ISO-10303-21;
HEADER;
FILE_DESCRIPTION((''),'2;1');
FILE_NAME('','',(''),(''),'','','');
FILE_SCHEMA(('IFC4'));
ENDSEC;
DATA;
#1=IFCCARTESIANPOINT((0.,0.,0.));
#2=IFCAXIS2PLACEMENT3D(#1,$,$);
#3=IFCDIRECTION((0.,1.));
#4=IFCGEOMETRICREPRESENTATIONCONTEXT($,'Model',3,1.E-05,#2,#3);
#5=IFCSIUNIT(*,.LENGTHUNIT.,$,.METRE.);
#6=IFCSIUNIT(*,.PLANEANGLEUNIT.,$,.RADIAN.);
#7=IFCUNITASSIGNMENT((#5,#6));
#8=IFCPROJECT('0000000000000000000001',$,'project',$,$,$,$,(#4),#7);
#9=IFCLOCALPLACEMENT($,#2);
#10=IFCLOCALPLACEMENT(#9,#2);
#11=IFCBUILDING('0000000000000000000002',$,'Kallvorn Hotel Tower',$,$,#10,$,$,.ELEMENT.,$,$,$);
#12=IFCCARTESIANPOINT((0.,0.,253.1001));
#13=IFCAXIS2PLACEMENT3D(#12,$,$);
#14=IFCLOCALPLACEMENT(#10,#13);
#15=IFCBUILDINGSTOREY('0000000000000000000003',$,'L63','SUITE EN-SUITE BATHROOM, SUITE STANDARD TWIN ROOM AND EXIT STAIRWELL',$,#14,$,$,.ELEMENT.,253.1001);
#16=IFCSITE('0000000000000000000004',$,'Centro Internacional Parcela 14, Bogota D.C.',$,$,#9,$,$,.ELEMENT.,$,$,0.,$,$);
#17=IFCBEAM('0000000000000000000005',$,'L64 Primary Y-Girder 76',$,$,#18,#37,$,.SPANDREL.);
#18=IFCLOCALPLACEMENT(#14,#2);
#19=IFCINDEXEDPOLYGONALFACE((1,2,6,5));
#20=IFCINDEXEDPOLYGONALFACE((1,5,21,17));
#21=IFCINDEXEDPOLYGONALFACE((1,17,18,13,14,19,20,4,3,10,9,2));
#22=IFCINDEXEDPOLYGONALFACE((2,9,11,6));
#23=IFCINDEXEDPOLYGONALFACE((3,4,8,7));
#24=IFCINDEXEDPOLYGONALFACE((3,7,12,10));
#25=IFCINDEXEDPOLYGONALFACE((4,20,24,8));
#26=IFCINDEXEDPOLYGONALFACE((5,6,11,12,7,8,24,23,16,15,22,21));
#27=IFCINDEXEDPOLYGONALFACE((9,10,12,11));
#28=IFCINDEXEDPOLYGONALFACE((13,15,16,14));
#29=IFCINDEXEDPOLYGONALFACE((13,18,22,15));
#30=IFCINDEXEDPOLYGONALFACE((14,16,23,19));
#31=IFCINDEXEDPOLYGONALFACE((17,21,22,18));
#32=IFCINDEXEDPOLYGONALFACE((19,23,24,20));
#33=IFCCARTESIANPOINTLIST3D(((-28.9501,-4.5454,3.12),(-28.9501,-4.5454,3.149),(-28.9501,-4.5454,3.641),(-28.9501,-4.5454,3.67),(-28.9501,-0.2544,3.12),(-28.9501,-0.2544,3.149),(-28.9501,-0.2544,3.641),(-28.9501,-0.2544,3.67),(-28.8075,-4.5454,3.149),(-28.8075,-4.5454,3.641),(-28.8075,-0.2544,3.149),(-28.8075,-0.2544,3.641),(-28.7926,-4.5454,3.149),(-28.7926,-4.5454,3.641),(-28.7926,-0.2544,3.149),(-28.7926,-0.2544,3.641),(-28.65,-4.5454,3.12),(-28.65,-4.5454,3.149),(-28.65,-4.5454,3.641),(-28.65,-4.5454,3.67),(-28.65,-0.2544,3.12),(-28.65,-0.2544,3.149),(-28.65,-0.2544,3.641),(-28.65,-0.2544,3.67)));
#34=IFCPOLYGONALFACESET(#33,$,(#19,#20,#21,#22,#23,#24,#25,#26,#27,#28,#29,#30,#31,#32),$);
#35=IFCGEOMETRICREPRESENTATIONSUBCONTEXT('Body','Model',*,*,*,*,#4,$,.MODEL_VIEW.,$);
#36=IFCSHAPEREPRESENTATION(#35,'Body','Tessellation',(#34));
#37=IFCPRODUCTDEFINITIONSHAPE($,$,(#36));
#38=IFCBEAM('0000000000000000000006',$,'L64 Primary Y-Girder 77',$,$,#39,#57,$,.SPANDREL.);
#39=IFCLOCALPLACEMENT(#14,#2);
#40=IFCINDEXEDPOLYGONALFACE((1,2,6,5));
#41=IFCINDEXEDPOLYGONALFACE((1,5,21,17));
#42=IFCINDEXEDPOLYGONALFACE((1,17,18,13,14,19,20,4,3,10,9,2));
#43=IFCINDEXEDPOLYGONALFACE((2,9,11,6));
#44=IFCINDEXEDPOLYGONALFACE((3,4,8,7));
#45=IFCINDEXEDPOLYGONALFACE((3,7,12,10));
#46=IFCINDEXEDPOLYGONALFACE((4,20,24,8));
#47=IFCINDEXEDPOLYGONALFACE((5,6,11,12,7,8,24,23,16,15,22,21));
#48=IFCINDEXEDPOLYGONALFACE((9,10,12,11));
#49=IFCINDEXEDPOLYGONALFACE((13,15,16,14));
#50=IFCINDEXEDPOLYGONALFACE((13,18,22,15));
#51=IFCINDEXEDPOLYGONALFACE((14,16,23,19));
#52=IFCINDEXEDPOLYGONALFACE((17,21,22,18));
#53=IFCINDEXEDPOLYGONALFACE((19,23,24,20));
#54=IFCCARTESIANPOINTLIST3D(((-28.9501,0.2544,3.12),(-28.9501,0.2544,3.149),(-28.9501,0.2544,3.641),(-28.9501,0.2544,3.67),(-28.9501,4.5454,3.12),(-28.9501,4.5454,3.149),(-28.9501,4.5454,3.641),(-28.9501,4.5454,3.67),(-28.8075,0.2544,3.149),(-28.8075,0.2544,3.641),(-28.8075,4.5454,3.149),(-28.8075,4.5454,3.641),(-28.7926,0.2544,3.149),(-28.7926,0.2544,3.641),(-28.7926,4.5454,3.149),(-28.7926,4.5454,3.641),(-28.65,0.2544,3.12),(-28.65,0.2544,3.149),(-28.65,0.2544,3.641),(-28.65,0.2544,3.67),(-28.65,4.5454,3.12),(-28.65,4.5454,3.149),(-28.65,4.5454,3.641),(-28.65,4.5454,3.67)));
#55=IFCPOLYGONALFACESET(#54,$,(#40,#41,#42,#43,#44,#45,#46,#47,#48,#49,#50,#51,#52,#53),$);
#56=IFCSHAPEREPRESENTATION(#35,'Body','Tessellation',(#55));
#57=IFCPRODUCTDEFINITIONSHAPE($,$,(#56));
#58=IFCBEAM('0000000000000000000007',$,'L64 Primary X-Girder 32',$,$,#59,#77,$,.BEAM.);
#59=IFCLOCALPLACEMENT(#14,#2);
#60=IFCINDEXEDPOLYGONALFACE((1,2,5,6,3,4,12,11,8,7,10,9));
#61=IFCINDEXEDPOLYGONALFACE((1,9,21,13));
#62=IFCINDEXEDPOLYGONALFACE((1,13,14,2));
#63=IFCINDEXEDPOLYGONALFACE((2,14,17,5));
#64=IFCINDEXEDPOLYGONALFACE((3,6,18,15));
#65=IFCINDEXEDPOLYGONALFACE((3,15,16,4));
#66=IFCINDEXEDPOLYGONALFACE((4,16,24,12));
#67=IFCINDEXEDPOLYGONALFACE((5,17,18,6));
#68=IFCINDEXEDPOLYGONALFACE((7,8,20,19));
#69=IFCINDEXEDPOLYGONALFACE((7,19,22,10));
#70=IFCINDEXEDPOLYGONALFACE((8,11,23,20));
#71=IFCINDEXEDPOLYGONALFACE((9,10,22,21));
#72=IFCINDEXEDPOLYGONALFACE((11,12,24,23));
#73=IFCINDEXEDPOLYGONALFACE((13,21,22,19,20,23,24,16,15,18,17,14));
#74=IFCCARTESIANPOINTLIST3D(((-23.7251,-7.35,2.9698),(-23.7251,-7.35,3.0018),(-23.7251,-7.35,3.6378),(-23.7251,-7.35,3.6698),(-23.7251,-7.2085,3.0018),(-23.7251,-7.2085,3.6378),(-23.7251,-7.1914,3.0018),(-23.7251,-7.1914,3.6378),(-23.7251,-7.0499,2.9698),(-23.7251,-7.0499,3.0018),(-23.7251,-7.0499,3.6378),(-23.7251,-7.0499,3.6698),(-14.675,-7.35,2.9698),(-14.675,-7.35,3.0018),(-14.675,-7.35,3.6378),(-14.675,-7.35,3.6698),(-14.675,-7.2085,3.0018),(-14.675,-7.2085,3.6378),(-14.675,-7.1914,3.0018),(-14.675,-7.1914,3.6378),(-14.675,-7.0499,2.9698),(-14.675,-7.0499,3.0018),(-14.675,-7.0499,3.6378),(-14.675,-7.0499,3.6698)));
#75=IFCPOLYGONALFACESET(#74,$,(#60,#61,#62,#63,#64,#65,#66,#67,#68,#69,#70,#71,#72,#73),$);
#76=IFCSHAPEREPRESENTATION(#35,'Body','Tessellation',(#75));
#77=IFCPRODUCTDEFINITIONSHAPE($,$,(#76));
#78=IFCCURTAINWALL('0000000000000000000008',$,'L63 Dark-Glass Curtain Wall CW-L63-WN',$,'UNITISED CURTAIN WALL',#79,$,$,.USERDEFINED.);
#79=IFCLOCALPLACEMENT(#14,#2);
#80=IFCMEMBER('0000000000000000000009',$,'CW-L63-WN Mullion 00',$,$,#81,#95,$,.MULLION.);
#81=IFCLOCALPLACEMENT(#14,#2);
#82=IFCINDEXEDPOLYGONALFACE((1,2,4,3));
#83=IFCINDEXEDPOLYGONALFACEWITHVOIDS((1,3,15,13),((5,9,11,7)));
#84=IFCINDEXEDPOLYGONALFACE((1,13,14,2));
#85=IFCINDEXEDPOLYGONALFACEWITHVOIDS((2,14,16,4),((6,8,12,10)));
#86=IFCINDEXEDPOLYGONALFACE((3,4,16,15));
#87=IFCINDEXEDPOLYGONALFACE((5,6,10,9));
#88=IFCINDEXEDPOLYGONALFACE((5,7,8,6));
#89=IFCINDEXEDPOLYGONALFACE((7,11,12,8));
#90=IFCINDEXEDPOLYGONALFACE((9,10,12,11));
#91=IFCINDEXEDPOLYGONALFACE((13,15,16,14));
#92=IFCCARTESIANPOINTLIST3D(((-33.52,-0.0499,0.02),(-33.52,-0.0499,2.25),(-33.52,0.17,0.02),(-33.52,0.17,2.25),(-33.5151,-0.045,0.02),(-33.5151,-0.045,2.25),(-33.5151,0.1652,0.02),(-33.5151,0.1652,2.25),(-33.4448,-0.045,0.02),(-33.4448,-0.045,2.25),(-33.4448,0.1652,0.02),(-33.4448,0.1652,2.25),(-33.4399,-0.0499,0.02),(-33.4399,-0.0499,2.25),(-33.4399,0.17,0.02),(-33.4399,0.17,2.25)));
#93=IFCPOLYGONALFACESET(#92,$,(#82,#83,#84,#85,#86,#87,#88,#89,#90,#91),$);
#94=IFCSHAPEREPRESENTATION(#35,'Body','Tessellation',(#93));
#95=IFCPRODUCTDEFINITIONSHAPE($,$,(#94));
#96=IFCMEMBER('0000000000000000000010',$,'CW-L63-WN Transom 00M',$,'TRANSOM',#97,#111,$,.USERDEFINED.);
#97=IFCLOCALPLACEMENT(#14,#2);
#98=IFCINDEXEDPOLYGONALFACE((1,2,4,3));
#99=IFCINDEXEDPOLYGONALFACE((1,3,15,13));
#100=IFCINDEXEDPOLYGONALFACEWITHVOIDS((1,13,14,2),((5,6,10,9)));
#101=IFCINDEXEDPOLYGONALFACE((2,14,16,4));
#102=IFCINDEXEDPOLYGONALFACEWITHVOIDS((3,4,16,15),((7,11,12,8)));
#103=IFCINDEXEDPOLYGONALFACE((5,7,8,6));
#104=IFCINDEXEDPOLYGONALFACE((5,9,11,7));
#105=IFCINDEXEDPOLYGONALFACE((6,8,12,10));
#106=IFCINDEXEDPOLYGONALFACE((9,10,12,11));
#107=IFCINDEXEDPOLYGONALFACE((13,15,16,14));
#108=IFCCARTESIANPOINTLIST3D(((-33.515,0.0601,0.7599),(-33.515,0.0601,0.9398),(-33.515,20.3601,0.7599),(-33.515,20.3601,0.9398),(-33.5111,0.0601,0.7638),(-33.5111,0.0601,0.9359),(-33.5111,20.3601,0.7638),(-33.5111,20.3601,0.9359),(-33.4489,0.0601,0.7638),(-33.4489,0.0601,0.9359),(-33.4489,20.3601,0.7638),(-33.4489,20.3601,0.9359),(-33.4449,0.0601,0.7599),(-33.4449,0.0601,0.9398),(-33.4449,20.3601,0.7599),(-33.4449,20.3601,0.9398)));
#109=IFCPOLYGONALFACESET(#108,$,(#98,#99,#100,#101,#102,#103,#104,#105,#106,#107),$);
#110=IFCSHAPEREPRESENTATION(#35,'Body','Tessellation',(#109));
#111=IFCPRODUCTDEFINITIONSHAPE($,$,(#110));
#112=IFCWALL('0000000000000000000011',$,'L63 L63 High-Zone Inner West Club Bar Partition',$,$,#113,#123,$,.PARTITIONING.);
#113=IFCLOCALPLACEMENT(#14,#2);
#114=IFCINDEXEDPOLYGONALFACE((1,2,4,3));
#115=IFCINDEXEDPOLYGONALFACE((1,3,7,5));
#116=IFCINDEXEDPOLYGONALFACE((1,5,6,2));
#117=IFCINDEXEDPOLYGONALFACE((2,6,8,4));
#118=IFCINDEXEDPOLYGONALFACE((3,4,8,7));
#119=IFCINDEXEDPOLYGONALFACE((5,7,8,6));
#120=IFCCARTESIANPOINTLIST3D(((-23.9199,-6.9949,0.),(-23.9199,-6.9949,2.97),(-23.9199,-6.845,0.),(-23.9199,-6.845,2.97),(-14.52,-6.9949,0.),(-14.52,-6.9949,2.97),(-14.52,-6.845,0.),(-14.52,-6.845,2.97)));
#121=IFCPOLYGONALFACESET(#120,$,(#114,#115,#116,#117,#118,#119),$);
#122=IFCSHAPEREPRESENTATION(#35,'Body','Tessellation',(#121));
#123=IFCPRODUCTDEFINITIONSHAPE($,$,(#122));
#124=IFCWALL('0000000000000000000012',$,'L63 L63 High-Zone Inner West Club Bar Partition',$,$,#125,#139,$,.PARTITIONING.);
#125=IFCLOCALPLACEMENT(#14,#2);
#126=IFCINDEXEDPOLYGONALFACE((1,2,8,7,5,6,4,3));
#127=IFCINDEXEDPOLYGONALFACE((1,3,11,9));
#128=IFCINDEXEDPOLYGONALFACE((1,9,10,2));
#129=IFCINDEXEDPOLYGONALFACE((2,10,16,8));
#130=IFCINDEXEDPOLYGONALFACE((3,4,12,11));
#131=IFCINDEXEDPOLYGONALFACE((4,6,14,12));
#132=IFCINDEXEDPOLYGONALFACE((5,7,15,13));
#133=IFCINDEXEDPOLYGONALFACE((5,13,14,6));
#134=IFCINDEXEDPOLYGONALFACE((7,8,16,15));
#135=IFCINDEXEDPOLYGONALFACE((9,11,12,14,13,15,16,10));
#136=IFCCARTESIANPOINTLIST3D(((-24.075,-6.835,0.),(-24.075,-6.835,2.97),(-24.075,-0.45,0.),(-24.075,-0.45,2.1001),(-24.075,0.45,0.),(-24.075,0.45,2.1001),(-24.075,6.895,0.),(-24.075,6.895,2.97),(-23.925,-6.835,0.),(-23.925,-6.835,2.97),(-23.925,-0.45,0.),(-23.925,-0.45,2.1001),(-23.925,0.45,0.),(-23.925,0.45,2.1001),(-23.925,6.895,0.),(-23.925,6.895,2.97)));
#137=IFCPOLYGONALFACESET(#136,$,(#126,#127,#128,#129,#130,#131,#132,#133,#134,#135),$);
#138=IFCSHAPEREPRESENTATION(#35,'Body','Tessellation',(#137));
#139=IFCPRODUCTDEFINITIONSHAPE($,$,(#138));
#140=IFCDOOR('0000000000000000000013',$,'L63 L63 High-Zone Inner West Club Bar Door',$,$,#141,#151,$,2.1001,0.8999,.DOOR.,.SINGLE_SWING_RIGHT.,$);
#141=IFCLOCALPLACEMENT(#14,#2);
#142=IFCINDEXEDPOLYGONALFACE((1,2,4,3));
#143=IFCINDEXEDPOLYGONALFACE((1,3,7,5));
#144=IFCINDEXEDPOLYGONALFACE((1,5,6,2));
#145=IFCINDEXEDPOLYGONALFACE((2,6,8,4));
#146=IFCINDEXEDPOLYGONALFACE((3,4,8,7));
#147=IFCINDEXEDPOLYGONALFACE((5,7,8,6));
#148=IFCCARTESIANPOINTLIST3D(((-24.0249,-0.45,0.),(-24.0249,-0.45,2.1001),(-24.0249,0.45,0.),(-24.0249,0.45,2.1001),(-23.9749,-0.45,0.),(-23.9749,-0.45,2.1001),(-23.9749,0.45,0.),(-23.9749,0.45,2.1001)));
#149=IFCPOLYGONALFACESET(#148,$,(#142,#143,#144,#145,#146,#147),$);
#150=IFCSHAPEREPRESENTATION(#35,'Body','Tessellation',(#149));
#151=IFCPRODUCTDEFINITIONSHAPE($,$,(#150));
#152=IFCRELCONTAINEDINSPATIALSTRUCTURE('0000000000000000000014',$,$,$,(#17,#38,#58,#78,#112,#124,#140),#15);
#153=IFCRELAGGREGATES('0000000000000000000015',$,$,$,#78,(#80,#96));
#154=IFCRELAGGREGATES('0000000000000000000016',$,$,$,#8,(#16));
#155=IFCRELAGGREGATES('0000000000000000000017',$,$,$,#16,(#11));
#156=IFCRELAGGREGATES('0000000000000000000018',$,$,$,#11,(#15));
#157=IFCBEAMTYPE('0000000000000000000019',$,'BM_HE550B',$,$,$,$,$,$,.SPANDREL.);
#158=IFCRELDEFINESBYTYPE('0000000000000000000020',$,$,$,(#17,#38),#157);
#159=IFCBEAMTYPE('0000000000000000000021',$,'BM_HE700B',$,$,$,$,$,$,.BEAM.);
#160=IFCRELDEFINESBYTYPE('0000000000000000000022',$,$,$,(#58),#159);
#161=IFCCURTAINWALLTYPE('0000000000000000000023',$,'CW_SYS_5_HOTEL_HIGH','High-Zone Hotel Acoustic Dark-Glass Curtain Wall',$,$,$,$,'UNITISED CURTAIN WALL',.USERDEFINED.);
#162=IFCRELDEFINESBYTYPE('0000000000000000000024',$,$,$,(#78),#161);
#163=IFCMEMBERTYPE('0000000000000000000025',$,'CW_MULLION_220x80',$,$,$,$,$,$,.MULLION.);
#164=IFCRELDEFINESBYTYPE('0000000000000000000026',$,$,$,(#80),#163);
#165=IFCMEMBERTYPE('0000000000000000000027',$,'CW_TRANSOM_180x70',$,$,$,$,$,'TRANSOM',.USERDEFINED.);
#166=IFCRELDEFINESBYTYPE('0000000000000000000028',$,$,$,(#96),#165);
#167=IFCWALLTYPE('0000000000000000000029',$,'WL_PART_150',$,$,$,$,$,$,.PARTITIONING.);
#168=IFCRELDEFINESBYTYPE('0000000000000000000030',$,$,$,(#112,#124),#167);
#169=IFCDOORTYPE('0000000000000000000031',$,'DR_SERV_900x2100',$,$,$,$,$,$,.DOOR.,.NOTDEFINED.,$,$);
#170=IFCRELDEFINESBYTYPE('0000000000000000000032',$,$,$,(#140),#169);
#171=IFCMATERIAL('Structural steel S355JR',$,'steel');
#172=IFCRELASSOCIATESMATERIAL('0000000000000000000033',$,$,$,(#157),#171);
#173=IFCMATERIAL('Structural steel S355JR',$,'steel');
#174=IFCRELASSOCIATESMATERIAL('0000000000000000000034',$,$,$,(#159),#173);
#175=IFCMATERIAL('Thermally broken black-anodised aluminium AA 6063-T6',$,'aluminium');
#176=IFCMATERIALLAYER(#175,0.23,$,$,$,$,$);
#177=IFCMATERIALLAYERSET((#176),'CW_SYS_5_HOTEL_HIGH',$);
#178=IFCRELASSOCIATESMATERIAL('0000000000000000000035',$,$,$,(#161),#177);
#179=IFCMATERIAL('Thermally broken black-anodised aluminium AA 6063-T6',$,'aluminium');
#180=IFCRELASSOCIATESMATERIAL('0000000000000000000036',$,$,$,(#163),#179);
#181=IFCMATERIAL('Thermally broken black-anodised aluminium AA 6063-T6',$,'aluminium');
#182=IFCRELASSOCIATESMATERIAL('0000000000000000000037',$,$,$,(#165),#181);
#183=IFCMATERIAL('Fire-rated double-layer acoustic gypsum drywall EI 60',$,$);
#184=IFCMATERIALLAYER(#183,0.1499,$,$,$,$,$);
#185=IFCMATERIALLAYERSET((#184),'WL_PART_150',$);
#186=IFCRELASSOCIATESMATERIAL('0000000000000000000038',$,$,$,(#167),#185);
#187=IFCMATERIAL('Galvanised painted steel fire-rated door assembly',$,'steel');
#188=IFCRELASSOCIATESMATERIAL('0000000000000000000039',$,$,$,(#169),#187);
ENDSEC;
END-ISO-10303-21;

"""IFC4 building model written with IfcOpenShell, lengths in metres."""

from ifc_helpers import new_model, si_unit, direction, frame, frame_2d, origin, origin_2d, place, context, subcontext, project, spatial, rectangle, hollow_rectangle, i_section, extrude, material, layer, layer_set, material_profile, profile_set, type_object, element, fill, aggregate, save


model = new_model("IFC4")

# Units and contexts
model_context = context("Model", 3, precision=1e-05, world=origin(), true_north=direction((0.0, 1.0)))
body_context = subcontext(model_context, "Body", "Model", "MODEL_VIEW")
ifc_project = project(units=[si_unit("LENGTHUNIT", "METRE"), si_unit("PLANEANGLEUNIT", "RADIAN")], contexts=[model_context])

# Site, building, storey
site_placement = place(None, origin())
site = spatial("IfcSite", under=ifc_project, at=site_placement, Name="Centro Internacional Parcela 14, Bogota D.C.", CompositionType="ELEMENT", RefElevation=0.0)
building_placement = place(site_placement, origin())
building = spatial("IfcBuilding", under=site, at=building_placement, Name="Kallvorn Hotel Tower", CompositionType="ELEMENT")
storey_placement = place(building_placement, frame((0.0, 0.0, 253.1001)))
storey = spatial("IfcBuildingStorey", under=building, at=storey_placement, Name="L63", Description="SUITE EN-SUITE BATHROOM, SUITE STANDARD TWIN ROOM AND EXIT STAIRWELL", CompositionType="ELEMENT", Elevation=253.1001)

# Beams
ifc_material_1 = material(Name="Structural steel S355JR", Category="steel")
ifc_material_profile_1 = material_profile(ifc_material_1, i_section(OverallWidth=0.3, OverallDepth=0.55, WebThickness=0.0149, FlangeThickness=0.0291, at=origin_2d()), Name="HE 550 B")
ifc_profile_set_1 = profile_set([ifc_material_profile_1], Name="Structural steel S355JR")
beam_type_1 = type_object("IfcBeamType", Name="BM_HE550B", PredefinedType="SPANDREL", material=ifc_profile_set_1)
for number, where, z_axis, x_axis, name in (
    (1, (-28.8, -4.5454, 3.395), (0.0, 1.0, 0.0), (-1.0, 0.0, 0.0), "L64 Primary Y-Girder 76"),
    (2, (-28.8, 0.2544, 3.395), (0.0, 1.0, 0.0), (-1.0, 0.0, 0.0), "L64 Primary Y-Girder 77"),
):
    element("IfcBeam", number, at=place(storey_placement, frame(where, z_axis=z_axis, x_axis=x_axis)), inside=storey, type_object=beam_type_1, Name=name, PredefinedType="SPANDREL", context=body_context, shape_type="SweptSolid", body=[
        extrude(i_section(OverallWidth=0.3, OverallDepth=0.55, WebThickness=0.0149, FlangeThickness=0.0291, at=origin_2d()), origin(), (0.0, 0.0, 1.0), 4.291),
    ])
ifc_material_2 = material(Name="Structural steel S355JR", Category="steel")
ifc_material_profile_2 = material_profile(ifc_material_2, i_section(OverallWidth=0.3, OverallDepth=0.7, WebThickness=0.0171, FlangeThickness=0.032, at=origin_2d()), Name="HE 700 B")
ifc_profile_set_2 = profile_set([ifc_material_profile_2], Name="Structural steel S355JR")
beam_type_2 = type_object("IfcBeamType", Name="BM_HE700B", PredefinedType="BEAM", material=ifc_profile_set_2)
beam_placement = place(storey_placement, frame((-23.7251, -7.2, 3.3198), z_axis=(1.0, 0.0, 0.0), x_axis=(0.0, 1.0, 0.0)))
element("IfcBeam", 3, at=beam_placement, inside=storey, type_object=beam_type_2, Name="L64 Primary X-Girder 32", PredefinedType="BEAM", context=body_context, shape_type="SweptSolid", body=[
    extrude(i_section(OverallWidth=0.3, OverallDepth=0.7, WebThickness=0.0171, FlangeThickness=0.032, at=origin_2d()), origin(), (0.0, 0.0, 1.0), 9.05),
])

# Curtain wall, members
ifc_material_3 = material(Name="Thermally broken black-anodised aluminium AA 6063-T6", Category="aluminium")
ifc_layer_1 = layer(ifc_material_3, 0.23)
ifc_layer_set_1 = layer_set([ifc_layer_1], Name="CW_SYS_5_HOTEL_HIGH")
curtain_wall_type = type_object("IfcCurtainWallType", Name="CW_SYS_5_HOTEL_HIGH", Description="High-Zone Hotel Acoustic Dark-Glass Curtain Wall", ElementType="UNITISED CURTAIN WALL", PredefinedType="USERDEFINED", material=ifc_layer_set_1)
curtain_wall_placement = place(storey_placement, origin())
curtain_wall = element("IfcCurtainWall", 4, at=curtain_wall_placement, inside=storey, type_object=curtain_wall_type, Name="L63 Dark-Glass Curtain Wall CW-L63-WN", ObjectType="UNITISED CURTAIN WALL", PredefinedType="USERDEFINED")
ifc_material_4 = material(Name="Thermally broken black-anodised aluminium AA 6063-T6", Category="aluminium")
ifc_material_profile_3 = material_profile(ifc_material_4, hollow_rectangle(XDim=0.0801, YDim=0.22, WallThickness=0.0049, at=origin_2d()), Name="MUL 220x80")
ifc_profile_set_3 = profile_set([ifc_material_profile_3], Name="Thermally broken black-anodised aluminium AA 6063-T6")
member_type_1 = type_object("IfcMemberType", Name="CW_MULLION_220x80", PredefinedType="MULLION", material=ifc_profile_set_3)
member_1_placement = place(storey_placement, frame((-33.48, 0.0601, 0.02), z_axis=(0.0, 0.0, 1.0), x_axis=(1.0, 0.0, 0.0)))
member_1 = element("IfcMember", 5, at=member_1_placement, type_object=member_type_1, Name="CW-L63-WN Mullion 00", PredefinedType="MULLION", context=body_context, shape_type="SweptSolid", body=[
    extrude(hollow_rectangle(XDim=0.0801, YDim=0.22, WallThickness=0.0049, at=origin_2d()), origin(), (0.0, 0.0, 1.0), 2.23),
])
ifc_material_5 = material(Name="Thermally broken black-anodised aluminium AA 6063-T6", Category="aluminium")
ifc_material_profile_4 = material_profile(ifc_material_5, hollow_rectangle(XDim=0.0701, YDim=0.1799, WallThickness=0.0039, at=origin_2d()), Name="TRN 180x70")
ifc_profile_set_4 = profile_set([ifc_material_profile_4], Name="Thermally broken black-anodised aluminium AA 6063-T6")
member_type_2 = type_object("IfcMemberType", Name="CW_TRANSOM_180x70", ElementType="TRANSOM", PredefinedType="USERDEFINED", material=ifc_profile_set_4)
member_2_placement = place(storey_placement, frame((-33.48, 0.0601, 0.8499), z_axis=(0.0, 1.0, 0.0), x_axis=(-1.0, 0.0, 0.0)))
member_2 = element("IfcMember", 6, at=member_2_placement, type_object=member_type_2, Name="CW-L63-WN Transom 00M", ObjectType="TRANSOM", PredefinedType="USERDEFINED", context=body_context, shape_type="SweptSolid", body=[
    extrude(hollow_rectangle(XDim=0.0701, YDim=0.1799, WallThickness=0.0039, at=origin_2d()), origin(), (0.0, 0.0, 1.0), 20.3),
])
aggregate(curtain_wall, [member_1, member_2])

# Wall
ifc_material_6 = material(Name="Fire-rated double-layer acoustic gypsum drywall EI 60")
ifc_layer_2 = layer(ifc_material_6, 0.1499)
ifc_layer_set_2 = layer_set([ifc_layer_2], Name="WL_PART_150")
wall_type = type_object("IfcWallType", Name="WL_PART_150", PredefinedType="PARTITIONING", material=ifc_layer_set_2)
wall_1_placement = place(storey_placement, frame((-23.9199, -6.9199, 0.0), z_axis=(0.0, 0.0, 1.0), x_axis=(1.0, 0.0, 0.0)))
element("IfcWall", 7, at=wall_1_placement, inside=storey, type_object=wall_type, Name="L63 L63 High-Zone Inner West Club Bar Partition", PredefinedType="PARTITIONING", context=body_context, shape_type="SweptSolid", body=[
    extrude(rectangle(XDim=9.3999, YDim=0.1499, at=frame_2d((4.7, 0.0))), origin(), (0.0, 0.0, 1.0), 2.97),
])

# Wall, opening, door
wall_2_placement = place(storey_placement, frame((-24.0, -6.835, 0.0), z_axis=(0.0, 0.0, 1.0), x_axis=(0.0, 1.0, 0.0)))
wall_2 = element("IfcWall", 8, at=wall_2_placement, inside=storey, type_object=wall_type, Name="L63 L63 High-Zone Inner West Club Bar Partition", PredefinedType="PARTITIONING", context=body_context, shape_type="SweptSolid", body=[
    extrude(rectangle(XDim=13.73, YDim=0.1499, at=frame_2d((6.865, 0.0))), origin(), (0.0, 0.0, 1.0), 2.97),
])
opening_placement = place(wall_2_placement, frame((6.385, 0.0, 0.0)))
opening = element("IfcOpeningElement", 9, at=opening_placement, cuts=wall_2, PredefinedType="OPENING", context=body_context, shape_type="SweptSolid", body=[
    extrude(rectangle(XDim=0.8999, YDim=2.1001, at=frame_2d((0.45, 1.05))), frame((0.0, 0.0898, 0.0), z_axis=(0.0, -1.0, 0.0), x_axis=(1.0, 0.0, 0.0)), (0.0, 0.0, 1.0), 0.1799),
])
ifc_material_7 = material(Name="Galvanised painted steel fire-rated door assembly", Category="steel")
door_type = type_object("IfcDoorType", Name="DR_SERV_900x2100", OperationType="NOTDEFINED", PredefinedType="DOOR", material=ifc_material_7)
door_placement = place(opening_placement, origin())
door = element("IfcDoor", 10, at=door_placement, inside=storey, type_object=door_type, Name="L63 L63 High-Zone Inner West Club Bar Door", OperationType="SINGLE_SWING_RIGHT", OverallHeight=2.1001, OverallWidth=0.8999, PredefinedType="DOOR", context=body_context, shape_type="SweptSolid", body=[
    extrude(rectangle(XDim=0.8999, YDim=2.1001, at=frame_2d((0.45, 1.05))), frame((0.0, 0.0249, 0.0), z_axis=(0.0, -1.0, 0.0), x_axis=(1.0, 0.0, 0.0)), (0.0, 0.0, 1.0), 0.05),
])
fill(opening, door)

save(model, "model.ifc")
